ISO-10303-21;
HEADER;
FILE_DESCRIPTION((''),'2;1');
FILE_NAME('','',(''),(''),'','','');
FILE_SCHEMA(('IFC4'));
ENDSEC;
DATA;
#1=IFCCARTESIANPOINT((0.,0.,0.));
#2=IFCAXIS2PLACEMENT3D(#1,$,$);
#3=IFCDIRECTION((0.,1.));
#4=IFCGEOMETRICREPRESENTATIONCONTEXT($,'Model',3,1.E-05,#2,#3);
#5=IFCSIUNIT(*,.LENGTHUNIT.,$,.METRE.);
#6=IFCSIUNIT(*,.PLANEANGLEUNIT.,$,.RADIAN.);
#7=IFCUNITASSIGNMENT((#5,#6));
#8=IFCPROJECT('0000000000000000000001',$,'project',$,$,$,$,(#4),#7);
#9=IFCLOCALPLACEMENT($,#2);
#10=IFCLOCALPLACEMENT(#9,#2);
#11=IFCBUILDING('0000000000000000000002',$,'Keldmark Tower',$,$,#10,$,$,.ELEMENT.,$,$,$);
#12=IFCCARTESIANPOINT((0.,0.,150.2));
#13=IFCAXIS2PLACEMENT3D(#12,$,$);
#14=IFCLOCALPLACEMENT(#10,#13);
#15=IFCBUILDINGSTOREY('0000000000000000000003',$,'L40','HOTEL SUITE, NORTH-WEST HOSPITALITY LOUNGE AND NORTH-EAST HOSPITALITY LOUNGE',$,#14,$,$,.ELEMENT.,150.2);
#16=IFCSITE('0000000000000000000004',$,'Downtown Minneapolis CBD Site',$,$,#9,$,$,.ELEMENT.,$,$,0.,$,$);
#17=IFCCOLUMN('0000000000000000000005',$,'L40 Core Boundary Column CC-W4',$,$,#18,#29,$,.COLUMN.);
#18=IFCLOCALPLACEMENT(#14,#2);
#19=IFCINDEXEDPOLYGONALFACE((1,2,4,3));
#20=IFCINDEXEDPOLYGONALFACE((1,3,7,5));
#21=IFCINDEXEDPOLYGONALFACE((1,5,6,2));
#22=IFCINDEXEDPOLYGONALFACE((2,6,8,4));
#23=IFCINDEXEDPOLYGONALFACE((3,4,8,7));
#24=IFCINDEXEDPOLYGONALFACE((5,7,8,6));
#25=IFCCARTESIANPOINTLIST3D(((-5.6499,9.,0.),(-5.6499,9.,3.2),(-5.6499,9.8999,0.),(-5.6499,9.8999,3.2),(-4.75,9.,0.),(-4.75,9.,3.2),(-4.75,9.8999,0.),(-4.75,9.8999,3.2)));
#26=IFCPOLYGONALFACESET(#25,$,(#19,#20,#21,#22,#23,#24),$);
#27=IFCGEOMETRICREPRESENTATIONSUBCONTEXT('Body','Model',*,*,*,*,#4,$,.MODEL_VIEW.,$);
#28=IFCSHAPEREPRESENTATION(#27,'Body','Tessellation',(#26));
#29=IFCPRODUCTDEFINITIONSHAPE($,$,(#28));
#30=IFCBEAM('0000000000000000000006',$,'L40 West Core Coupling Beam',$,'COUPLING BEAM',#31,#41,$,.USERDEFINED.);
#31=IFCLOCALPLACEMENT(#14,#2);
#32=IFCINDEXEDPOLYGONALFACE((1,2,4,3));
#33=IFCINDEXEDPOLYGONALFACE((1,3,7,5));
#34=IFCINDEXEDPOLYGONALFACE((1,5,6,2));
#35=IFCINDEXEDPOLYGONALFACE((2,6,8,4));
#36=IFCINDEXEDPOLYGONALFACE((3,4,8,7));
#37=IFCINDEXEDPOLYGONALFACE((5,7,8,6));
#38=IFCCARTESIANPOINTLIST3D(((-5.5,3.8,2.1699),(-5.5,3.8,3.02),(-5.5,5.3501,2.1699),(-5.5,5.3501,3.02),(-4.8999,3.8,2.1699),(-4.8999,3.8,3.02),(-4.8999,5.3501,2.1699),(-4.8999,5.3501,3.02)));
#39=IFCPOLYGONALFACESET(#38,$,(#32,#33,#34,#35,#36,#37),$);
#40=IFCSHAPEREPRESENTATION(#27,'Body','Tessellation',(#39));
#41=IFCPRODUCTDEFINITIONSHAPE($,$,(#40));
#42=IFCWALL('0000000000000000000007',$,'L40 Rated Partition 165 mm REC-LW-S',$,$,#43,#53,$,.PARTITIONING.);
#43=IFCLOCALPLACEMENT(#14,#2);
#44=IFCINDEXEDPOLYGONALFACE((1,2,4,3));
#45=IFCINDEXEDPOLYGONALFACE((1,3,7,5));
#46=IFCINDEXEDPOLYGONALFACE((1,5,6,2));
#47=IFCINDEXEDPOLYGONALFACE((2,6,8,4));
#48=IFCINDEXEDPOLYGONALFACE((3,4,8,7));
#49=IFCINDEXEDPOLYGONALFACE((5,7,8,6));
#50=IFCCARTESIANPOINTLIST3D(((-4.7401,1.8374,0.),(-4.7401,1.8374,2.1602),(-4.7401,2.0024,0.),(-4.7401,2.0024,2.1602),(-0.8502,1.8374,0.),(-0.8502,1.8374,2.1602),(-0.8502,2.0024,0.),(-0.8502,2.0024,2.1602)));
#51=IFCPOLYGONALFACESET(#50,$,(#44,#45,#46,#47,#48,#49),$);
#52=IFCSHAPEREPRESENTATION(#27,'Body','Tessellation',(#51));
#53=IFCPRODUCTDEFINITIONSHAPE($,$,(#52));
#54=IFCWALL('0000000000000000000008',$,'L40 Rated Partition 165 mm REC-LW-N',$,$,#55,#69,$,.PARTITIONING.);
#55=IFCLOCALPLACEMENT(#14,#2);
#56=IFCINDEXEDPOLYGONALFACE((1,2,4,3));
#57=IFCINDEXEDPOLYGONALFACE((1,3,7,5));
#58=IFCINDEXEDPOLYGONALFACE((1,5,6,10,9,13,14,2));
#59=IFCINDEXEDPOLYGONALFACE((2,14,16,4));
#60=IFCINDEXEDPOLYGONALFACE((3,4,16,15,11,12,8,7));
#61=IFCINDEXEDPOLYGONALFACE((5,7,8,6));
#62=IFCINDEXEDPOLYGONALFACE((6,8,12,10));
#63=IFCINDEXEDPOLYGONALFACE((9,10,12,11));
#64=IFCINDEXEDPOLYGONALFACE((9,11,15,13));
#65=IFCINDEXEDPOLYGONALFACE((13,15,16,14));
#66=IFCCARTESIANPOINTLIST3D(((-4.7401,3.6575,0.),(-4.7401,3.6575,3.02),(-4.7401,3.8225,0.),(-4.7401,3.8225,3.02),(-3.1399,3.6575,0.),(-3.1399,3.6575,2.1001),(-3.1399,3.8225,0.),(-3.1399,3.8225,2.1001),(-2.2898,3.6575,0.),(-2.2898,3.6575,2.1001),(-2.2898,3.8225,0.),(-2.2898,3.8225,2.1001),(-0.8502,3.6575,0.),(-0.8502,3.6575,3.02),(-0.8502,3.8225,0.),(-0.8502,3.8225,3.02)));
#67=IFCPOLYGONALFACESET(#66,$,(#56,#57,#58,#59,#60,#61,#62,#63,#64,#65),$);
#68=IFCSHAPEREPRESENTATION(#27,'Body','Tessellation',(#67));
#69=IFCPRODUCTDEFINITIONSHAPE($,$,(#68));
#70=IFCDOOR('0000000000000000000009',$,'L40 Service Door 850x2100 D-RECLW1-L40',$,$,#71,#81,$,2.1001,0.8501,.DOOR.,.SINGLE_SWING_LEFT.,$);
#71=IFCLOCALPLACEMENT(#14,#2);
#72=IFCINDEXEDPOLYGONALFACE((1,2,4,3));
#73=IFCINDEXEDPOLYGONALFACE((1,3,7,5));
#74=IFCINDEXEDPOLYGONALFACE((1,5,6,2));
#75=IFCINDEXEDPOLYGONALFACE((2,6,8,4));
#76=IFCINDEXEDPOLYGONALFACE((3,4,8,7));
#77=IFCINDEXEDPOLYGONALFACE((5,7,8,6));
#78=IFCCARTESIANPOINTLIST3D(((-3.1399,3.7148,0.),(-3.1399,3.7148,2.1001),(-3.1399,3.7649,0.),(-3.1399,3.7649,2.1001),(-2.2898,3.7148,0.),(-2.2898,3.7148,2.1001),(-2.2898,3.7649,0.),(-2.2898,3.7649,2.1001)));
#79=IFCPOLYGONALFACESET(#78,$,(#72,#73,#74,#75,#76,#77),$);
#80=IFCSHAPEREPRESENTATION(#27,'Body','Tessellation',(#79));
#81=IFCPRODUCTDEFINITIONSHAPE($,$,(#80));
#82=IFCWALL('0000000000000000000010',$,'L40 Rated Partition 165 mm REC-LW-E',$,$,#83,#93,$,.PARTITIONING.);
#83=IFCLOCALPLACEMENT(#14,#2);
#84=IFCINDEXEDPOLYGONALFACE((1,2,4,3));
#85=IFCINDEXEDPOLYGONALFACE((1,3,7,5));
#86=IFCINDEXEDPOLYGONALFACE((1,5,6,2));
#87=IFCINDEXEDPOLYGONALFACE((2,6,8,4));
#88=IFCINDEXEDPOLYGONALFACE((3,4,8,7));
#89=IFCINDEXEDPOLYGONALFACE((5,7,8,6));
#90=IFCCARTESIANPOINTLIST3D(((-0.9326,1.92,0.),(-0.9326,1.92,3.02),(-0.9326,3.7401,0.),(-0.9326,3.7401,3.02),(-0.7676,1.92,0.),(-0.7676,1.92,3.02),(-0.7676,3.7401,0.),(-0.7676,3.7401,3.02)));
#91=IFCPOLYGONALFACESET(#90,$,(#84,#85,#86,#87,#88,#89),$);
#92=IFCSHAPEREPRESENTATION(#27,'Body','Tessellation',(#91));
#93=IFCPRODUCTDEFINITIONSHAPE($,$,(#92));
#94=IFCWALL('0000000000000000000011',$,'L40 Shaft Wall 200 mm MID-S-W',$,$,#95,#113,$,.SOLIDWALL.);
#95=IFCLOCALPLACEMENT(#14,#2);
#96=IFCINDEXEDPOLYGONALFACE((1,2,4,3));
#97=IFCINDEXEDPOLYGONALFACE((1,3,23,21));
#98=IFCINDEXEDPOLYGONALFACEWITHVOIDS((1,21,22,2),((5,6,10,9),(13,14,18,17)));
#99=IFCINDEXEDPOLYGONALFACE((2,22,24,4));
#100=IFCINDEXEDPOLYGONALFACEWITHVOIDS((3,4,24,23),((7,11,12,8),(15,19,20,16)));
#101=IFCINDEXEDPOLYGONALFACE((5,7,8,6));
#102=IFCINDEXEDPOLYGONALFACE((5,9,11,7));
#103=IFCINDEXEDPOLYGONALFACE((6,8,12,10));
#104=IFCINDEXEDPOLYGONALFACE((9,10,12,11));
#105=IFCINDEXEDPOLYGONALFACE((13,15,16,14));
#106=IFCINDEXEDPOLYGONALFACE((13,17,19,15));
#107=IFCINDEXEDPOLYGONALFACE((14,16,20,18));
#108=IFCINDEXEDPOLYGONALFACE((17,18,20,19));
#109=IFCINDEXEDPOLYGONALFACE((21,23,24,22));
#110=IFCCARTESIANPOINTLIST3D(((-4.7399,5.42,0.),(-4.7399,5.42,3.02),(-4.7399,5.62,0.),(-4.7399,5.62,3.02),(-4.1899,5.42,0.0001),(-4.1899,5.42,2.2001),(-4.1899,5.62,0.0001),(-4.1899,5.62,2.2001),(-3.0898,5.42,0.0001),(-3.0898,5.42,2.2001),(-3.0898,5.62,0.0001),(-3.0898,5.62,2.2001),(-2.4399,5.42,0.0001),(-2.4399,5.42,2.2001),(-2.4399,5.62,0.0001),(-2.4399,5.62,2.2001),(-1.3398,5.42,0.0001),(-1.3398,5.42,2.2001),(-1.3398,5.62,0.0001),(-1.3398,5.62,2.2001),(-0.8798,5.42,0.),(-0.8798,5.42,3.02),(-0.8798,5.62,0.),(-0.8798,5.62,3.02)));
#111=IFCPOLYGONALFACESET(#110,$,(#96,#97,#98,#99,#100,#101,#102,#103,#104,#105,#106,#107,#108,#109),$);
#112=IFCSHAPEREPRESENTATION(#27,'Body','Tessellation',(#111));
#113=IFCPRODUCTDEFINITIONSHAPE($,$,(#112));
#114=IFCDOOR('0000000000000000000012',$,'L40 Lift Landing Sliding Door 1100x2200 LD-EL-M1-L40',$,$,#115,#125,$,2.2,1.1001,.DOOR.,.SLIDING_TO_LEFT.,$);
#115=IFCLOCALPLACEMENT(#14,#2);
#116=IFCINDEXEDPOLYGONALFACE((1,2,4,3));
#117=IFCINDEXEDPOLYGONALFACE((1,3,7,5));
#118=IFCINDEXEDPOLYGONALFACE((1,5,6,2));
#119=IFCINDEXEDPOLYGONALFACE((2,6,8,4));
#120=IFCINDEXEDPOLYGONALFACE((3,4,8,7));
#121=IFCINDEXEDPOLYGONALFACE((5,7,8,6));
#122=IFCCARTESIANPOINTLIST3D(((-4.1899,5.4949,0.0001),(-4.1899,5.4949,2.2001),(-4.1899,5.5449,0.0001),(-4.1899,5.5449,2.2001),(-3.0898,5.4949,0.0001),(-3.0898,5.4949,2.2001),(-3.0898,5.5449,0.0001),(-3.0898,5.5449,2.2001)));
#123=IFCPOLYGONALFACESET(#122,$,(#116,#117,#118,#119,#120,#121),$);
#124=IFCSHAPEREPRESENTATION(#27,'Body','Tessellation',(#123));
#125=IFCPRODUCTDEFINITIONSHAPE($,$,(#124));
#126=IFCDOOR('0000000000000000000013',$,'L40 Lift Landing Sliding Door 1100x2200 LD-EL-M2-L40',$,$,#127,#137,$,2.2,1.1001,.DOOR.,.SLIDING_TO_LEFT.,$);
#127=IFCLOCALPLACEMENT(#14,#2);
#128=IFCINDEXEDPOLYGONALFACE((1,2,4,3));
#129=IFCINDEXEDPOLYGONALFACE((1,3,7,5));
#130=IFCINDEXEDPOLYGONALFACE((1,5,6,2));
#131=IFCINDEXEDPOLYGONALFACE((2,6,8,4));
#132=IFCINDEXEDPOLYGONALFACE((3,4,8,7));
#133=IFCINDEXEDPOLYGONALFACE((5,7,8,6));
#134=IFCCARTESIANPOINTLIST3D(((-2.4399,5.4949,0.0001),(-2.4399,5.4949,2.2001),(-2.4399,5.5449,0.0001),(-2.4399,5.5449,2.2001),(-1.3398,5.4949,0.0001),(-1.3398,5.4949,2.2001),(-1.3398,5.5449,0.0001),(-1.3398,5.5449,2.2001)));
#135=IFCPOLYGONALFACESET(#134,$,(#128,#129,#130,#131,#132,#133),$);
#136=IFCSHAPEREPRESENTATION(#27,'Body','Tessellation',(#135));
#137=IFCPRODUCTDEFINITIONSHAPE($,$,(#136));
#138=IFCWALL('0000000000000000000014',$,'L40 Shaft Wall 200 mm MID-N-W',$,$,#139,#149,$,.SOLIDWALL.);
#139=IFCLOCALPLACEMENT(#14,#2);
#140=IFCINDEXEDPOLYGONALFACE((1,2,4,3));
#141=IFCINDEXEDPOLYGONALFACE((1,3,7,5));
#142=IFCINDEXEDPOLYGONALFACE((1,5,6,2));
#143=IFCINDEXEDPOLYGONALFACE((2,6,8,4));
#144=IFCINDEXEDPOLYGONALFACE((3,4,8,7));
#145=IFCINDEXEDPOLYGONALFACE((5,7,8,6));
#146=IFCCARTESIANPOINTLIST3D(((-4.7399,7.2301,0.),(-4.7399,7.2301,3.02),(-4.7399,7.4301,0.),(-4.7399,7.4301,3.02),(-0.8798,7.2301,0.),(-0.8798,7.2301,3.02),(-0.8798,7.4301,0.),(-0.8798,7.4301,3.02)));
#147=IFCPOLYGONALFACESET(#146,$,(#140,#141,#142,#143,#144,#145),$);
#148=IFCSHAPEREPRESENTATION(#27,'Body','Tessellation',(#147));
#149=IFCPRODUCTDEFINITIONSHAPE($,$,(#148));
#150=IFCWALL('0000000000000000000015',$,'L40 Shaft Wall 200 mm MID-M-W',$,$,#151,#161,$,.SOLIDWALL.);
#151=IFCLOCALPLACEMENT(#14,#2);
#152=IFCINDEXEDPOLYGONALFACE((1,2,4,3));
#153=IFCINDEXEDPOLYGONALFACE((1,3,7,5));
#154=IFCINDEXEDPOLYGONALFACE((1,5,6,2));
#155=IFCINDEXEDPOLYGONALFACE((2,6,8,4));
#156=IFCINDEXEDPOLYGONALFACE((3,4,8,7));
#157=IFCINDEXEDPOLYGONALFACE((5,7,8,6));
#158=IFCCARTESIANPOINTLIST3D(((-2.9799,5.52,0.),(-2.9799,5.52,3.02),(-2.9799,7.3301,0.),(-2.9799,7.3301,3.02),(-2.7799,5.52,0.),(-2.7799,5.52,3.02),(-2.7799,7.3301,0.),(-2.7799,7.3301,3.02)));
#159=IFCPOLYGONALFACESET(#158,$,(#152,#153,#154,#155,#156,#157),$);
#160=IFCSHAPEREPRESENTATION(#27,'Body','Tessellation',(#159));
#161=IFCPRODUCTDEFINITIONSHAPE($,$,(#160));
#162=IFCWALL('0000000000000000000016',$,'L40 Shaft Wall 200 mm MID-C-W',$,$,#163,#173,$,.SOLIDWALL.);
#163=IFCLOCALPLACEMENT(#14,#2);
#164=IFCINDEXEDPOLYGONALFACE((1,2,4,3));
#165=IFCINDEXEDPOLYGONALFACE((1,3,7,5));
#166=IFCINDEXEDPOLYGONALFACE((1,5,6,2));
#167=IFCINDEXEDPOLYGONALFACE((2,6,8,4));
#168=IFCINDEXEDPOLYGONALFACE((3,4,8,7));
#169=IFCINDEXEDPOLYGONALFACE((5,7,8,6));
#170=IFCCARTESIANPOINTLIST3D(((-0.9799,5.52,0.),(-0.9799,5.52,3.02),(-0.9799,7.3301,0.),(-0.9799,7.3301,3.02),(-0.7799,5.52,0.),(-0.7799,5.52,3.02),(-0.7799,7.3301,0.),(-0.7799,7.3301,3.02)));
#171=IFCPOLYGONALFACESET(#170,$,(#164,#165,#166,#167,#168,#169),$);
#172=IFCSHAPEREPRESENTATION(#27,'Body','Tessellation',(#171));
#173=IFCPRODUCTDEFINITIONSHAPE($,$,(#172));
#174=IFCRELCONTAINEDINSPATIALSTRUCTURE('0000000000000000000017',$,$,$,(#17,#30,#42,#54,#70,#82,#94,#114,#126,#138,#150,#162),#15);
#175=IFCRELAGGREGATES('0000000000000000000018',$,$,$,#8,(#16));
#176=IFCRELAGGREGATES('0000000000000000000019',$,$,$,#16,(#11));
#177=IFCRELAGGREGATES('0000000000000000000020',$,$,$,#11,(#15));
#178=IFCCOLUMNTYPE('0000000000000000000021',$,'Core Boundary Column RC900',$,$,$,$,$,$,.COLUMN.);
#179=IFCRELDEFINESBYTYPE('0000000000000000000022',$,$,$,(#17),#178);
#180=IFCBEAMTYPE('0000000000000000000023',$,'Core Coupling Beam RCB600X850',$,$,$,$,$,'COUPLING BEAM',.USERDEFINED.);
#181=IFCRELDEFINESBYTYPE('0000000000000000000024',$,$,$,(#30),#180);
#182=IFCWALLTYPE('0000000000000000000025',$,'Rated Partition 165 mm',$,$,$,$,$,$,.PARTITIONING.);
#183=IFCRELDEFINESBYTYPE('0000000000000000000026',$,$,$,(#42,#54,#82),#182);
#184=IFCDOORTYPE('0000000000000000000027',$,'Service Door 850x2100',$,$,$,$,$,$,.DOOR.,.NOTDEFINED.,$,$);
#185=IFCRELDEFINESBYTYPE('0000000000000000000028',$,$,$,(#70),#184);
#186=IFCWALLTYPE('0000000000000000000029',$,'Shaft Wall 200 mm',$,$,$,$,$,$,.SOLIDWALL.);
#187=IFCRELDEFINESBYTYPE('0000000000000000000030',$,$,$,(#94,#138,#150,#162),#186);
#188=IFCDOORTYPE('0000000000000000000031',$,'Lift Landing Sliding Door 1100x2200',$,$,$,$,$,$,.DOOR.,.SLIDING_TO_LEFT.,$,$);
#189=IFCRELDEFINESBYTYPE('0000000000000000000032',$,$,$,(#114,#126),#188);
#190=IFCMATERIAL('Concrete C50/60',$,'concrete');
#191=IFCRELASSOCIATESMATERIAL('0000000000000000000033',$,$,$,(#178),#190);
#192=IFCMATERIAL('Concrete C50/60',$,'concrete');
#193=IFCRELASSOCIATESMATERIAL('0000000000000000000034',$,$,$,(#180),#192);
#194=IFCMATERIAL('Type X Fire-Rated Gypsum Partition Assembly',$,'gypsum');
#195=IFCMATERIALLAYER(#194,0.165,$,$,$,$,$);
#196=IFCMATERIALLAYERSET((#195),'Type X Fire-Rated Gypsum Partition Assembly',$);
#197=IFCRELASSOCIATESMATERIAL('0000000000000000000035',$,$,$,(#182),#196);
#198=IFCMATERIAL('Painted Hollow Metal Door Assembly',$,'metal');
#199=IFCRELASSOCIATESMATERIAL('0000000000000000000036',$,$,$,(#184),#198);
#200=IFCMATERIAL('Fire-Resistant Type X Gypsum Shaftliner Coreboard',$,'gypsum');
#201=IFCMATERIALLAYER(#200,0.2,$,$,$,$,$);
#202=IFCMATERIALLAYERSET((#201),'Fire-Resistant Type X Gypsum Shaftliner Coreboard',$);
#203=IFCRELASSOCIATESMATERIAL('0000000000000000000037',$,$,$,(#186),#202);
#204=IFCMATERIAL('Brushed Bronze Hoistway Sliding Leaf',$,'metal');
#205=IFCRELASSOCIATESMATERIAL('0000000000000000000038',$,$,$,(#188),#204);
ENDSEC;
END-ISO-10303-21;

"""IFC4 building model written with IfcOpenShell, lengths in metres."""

from ifc_helpers import new_model, si_unit, direction, frame, frame_2d, origin, origin_2d, place, context, subcontext, project, spatial, rectangle, extrude, material, layer, layer_set, material_profile, profile_set, type_object, element, fill, save


model = new_model("IFC4")

# Units and contexts
model_context = context("Model", 3, precision=1e-05, world=origin(), true_north=direction((0.0, 1.0)))
body_context = subcontext(model_context, "Body", "Model", "MODEL_VIEW")
ifc_project = project(units=[si_unit("LENGTHUNIT", "METRE"), si_unit("PLANEANGLEUNIT", "RADIAN")], contexts=[model_context])

# Site, building, storey
site_placement = place(None, origin())
site = spatial("IfcSite", under=ifc_project, at=site_placement, Name="Downtown Minneapolis CBD Site", CompositionType="ELEMENT", RefElevation=0.0)
building_placement = place(site_placement, origin())
building = spatial("IfcBuilding", under=site, at=building_placement, Name="Keldmark Tower", CompositionType="ELEMENT")
storey_placement = place(building_placement, frame((0.0, 0.0, 150.2)))
storey = spatial("IfcBuildingStorey", under=building, at=storey_placement, Name="L40", Description="HOTEL SUITE, NORTH-WEST HOSPITALITY LOUNGE AND NORTH-EAST HOSPITALITY LOUNGE", CompositionType="ELEMENT", Elevation=150.2)

# Column
ifc_material_1 = material(Name="Concrete C50/60", Category="concrete")
ifc_material_profile_1 = material_profile(ifc_material_1, rectangle(XDim=0.8999, YDim=0.8999, at=origin_2d()), Name="RC900X900")
ifc_profile_set_1 = profile_set([ifc_material_profile_1], Name="Concrete C50/60")
column_type = type_object("IfcColumnType", Name="Core Boundary Column RC900", PredefinedType="COLUMN", material=ifc_profile_set_1)
column_placement = place(storey_placement, frame((-5.2, 9.45, 0.0), z_axis=(0.0, 0.0, 1.0), x_axis=(1.0, 0.0, 0.0)))
element("IfcColumn", 1, at=column_placement, inside=storey, type_object=column_type, Name="L40 Core Boundary Column CC-W4", PredefinedType="COLUMN", context=body_context, shape_type="SweptSolid", body=[
    extrude(rectangle(XDim=0.8999, YDim=0.8999, at=origin_2d()), origin(), (0.0, 0.0, 1.0), 3.2),
])

# Beam
ifc_material_2 = material(Name="Concrete C50/60", Category="concrete")
ifc_material_profile_2 = material_profile(ifc_material_2, rectangle(XDim=0.6001, YDim=0.8501, at=origin_2d()), Name="RCB600X850")
ifc_profile_set_2 = profile_set([ifc_material_profile_2], Name="Concrete C50/60")
beam_type = type_object("IfcBeamType", Name="Core Coupling Beam RCB600X850", ElementType="COUPLING BEAM", PredefinedType="USERDEFINED", material=ifc_profile_set_2)
beam_placement = place(storey_placement, frame((-5.2, 3.8, 2.595), z_axis=(0.0, 1.0, 0.0), x_axis=(-1.0, 0.0, 0.0)))
element("IfcBeam", 2, at=beam_placement, inside=storey, type_object=beam_type, Name="L40 West Core Coupling Beam", ObjectType="COUPLING BEAM", PredefinedType="USERDEFINED", context=body_context, shape_type="SweptSolid", body=[
    extrude(rectangle(XDim=0.6001, YDim=0.8501, at=origin_2d()), origin(), (0.0, 0.0, 1.0), 1.55),
])

# Wall
ifc_material_3 = material(Name="Type X Fire-Rated Gypsum Partition Assembly", Category="gypsum")
ifc_layer_1 = layer(ifc_material_3, 0.165)
ifc_layer_set_1 = layer_set([ifc_layer_1], Name="Type X Fire-Rated Gypsum Partition Assembly")
wall_type_1 = type_object("IfcWallType", Name="Rated Partition 165 mm", PredefinedType="PARTITIONING", material=ifc_layer_set_1)
wall_1_placement = place(storey_placement, frame((-4.74, 1.9199, 0.0), z_axis=(0.0, 0.0, 1.0), x_axis=(1.0, 0.0, 0.0)))
element("IfcWall", 3, at=wall_1_placement, inside=storey, type_object=wall_type_1, Name="L40 Rated Partition 165 mm REC-LW-S", PredefinedType="PARTITIONING", context=body_context, shape_type="SweptSolid", body=[
    extrude(rectangle(XDim=3.8899, YDim=0.165, at=frame_2d((1.9448, 0.0))), origin(), (0.0, 0.0, 1.0), 2.1602),
])

# Wall, opening, door
wall_2_placement = place(storey_placement, frame((-4.74, 3.74, 0.0), z_axis=(0.0, 0.0, 1.0), x_axis=(1.0, 0.0, 0.0)))
wall_2 = element("IfcWall", 4, at=wall_2_placement, inside=storey, type_object=wall_type_1, Name="L40 Rated Partition 165 mm REC-LW-N", PredefinedType="PARTITIONING", context=body_context, shape_type="SweptSolid", body=[
    extrude(rectangle(XDim=3.8899, YDim=0.165, at=frame_2d((1.9448, 0.0))), origin(), (0.0, 0.0, 1.0), 3.02),
])
opening_1_placement = place(wall_2_placement, frame((1.6001, 0.0, 0.0)))
opening_1 = element("IfcOpeningElement", 5, at=opening_1_placement, cuts=wall_2, PredefinedType="OPENING", context=body_context, shape_type="SweptSolid", body=[
    extrude(rectangle(XDim=0.8501, YDim=2.1001, at=frame_2d((0.425, 1.05))), frame((0.0, 0.0925, 0.0), z_axis=(0.0, -1.0, 0.0), x_axis=(1.0, 0.0, 0.0)), (0.0, 0.0, 1.0), 0.1851),
])
ifc_material_4 = material(Name="Painted Hollow Metal Door Assembly", Category="metal")
door_type_1 = type_object("IfcDoorType", Name="Service Door 850x2100", OperationType="NOTDEFINED", PredefinedType="DOOR", material=ifc_material_4)
door_1_placement = place(opening_1_placement, origin())
door_1 = element("IfcDoor", 6, at=door_1_placement, inside=storey, type_object=door_type_1, Name="L40 Service Door 850x2100 D-RECLW1-L40", OperationType="SINGLE_SWING_LEFT", OverallHeight=2.1001, OverallWidth=0.8501, PredefinedType="DOOR", context=body_context, shape_type="SweptSolid", body=[
    extrude(rectangle(XDim=0.8501, YDim=2.1001, at=frame_2d((0.425, 1.05))), frame((0.0, 0.0249, 0.0), z_axis=(0.0, -1.0, 0.0), x_axis=(1.0, 0.0, 0.0)), (0.0, 0.0, 1.0), 0.05),
])
fill(opening_1, door_1)

# Wall
wall_3_placement = place(storey_placement, frame((-0.8501, 1.9199, 0.0), z_axis=(0.0, 0.0, 1.0), x_axis=(0.0, 1.0, 0.0)))
element("IfcWall", 7, at=wall_3_placement, inside=storey, type_object=wall_type_1, Name="L40 Rated Partition 165 mm REC-LW-E", PredefinedType="PARTITIONING", context=body_context, shape_type="SweptSolid", body=[
    extrude(rectangle(XDim=1.8201, YDim=0.165, at=frame_2d((0.9102, 0.0))), origin(), (0.0, 0.0, 1.0), 3.02),
])

# Wall, openings, doors
ifc_material_5 = material(Name="Fire-Resistant Type X Gypsum Shaftliner Coreboard", Category="gypsum")
ifc_layer_2 = layer(ifc_material_5, 0.2)
ifc_layer_set_2 = layer_set([ifc_layer_2], Name="Fire-Resistant Type X Gypsum Shaftliner Coreboard")
wall_type_2 = type_object("IfcWallType", Name="Shaft Wall 200 mm", PredefinedType="SOLIDWALL", material=ifc_layer_set_2)
wall_4_placement = place(storey_placement, frame((-4.74, 5.52, 0.0), z_axis=(0.0, 0.0, 1.0), x_axis=(1.0, 0.0, 0.0)))
wall_4 = element("IfcWall", 8, at=wall_4_placement, inside=storey, type_object=wall_type_2, Name="L40 Shaft Wall 200 mm MID-S-W", PredefinedType="SOLIDWALL", context=body_context, shape_type="SweptSolid", body=[
    extrude(rectangle(XDim=3.8601, YDim=0.2, at=frame_2d((1.9302, 0.0))), origin(), (0.0, 0.0, 1.0), 3.02),
])
opening_2_placement = place(wall_4_placement, frame((0.55, 0.0, 0.0)))
opening_2 = element("IfcOpeningElement", 9, at=opening_2_placement, cuts=wall_4, PredefinedType="OPENING", context=body_context, shape_type="SweptSolid", body=[
    extrude(rectangle(XDim=1.1001, YDim=2.2, at=frame_2d((0.55, 1.1001))), frame((0.0, 0.1099, 0.0), z_axis=(0.0, -1.0, 0.0), x_axis=(1.0, 0.0, 0.0)), (0.0, 0.0, 1.0), 0.22),
])
opening_3_placement = place(wall_4_placement, frame((2.3, 0.0, 0.0)))
opening_3 = element("IfcOpeningElement", 10, at=opening_3_placement, cuts=wall_4, PredefinedType="OPENING", context=body_context, shape_type="SweptSolid", body=[
    extrude(rectangle(XDim=1.1001, YDim=2.2, at=frame_2d((0.55, 1.1001))), frame((0.0, 0.1099, 0.0), z_axis=(0.0, -1.0, 0.0), x_axis=(1.0, 0.0, 0.0)), (0.0, 0.0, 1.0), 0.22),
])
ifc_material_6 = material(Name="Brushed Bronze Hoistway Sliding Leaf", Category="metal")
door_type_2 = type_object("IfcDoorType", Name="Lift Landing Sliding Door 1100x2200", OperationType="SLIDING_TO_LEFT", PredefinedType="DOOR", material=ifc_material_6)
door_2_placement = place(opening_2_placement, origin())
door_2 = element("IfcDoor", 11, at=door_2_placement, inside=storey, type_object=door_type_2, Name="L40 Lift Landing Sliding Door 1100x2200 LD-EL-M1-L40", OperationType="SLIDING_TO_LEFT", OverallHeight=2.2, OverallWidth=1.1001, PredefinedType="DOOR", context=body_context, shape_type="SweptSolid", body=[
    extrude(rectangle(XDim=1.1001, YDim=2.2, at=frame_2d((0.55, 1.1001))), frame((0.0, 0.0249, 0.0), z_axis=(0.0, -1.0, 0.0), x_axis=(1.0, 0.0, 0.0)), (0.0, 0.0, 1.0), 0.05),
])
fill(opening_2, door_2)
door_3_placement = place(opening_3_placement, origin())
door_3 = element("IfcDoor", 12, at=door_3_placement, inside=storey, type_object=door_type_2, Name="L40 Lift Landing Sliding Door 1100x2200 LD-EL-M2-L40", OperationType="SLIDING_TO_LEFT", OverallHeight=2.2, OverallWidth=1.1001, PredefinedType="DOOR", context=body_context, shape_type="SweptSolid", body=[
    extrude(rectangle(XDim=1.1001, YDim=2.2, at=frame_2d((0.55, 1.1001))), frame((0.0, 0.0249, 0.0), z_axis=(0.0, -1.0, 0.0), x_axis=(1.0, 0.0, 0.0)), (0.0, 0.0, 1.0), 0.05),
])
fill(opening_3, door_3)

# Walls
wall_5_placement = place(storey_placement, frame((-4.74, 7.3301, 0.0), z_axis=(0.0, 0.0, 1.0), x_axis=(1.0, 0.0, 0.0)))
element("IfcWall", 13, at=wall_5_placement, inside=storey, type_object=wall_type_2, Name="L40 Shaft Wall 200 mm MID-N-W", PredefinedType="SOLIDWALL", context=body_context, shape_type="SweptSolid", body=[
    extrude(rectangle(XDim=3.8601, YDim=0.2, at=frame_2d((1.9302, 0.0))), origin(), (0.0, 0.0, 1.0), 3.02),
])
for number, where, z_axis, x_axis, name in (
    (14, (-2.8799, 5.52, 0.0), (0.0, 0.0, 1.0), (0.0, 1.0, 0.0), "L40 Shaft Wall 200 mm MID-M-W"),
    (15, (-0.8799, 5.52, 0.0), (0.0, 0.0, 1.0), (0.0, 1.0, 0.0), "L40 Shaft Wall 200 mm MID-C-W"),
):
    element("IfcWall", number, at=place(storey_placement, frame(where, z_axis=z_axis, x_axis=x_axis)), inside=storey, type_object=wall_type_2, Name=name, PredefinedType="SOLIDWALL", context=body_context, shape_type="SweptSolid", body=[
        extrude(rectangle(XDim=1.8101, YDim=0.2, at=frame_2d((0.905, 0.0))), origin(), (0.0, 0.0, 1.0), 3.02),
    ])

save(model, "model.ifc")
